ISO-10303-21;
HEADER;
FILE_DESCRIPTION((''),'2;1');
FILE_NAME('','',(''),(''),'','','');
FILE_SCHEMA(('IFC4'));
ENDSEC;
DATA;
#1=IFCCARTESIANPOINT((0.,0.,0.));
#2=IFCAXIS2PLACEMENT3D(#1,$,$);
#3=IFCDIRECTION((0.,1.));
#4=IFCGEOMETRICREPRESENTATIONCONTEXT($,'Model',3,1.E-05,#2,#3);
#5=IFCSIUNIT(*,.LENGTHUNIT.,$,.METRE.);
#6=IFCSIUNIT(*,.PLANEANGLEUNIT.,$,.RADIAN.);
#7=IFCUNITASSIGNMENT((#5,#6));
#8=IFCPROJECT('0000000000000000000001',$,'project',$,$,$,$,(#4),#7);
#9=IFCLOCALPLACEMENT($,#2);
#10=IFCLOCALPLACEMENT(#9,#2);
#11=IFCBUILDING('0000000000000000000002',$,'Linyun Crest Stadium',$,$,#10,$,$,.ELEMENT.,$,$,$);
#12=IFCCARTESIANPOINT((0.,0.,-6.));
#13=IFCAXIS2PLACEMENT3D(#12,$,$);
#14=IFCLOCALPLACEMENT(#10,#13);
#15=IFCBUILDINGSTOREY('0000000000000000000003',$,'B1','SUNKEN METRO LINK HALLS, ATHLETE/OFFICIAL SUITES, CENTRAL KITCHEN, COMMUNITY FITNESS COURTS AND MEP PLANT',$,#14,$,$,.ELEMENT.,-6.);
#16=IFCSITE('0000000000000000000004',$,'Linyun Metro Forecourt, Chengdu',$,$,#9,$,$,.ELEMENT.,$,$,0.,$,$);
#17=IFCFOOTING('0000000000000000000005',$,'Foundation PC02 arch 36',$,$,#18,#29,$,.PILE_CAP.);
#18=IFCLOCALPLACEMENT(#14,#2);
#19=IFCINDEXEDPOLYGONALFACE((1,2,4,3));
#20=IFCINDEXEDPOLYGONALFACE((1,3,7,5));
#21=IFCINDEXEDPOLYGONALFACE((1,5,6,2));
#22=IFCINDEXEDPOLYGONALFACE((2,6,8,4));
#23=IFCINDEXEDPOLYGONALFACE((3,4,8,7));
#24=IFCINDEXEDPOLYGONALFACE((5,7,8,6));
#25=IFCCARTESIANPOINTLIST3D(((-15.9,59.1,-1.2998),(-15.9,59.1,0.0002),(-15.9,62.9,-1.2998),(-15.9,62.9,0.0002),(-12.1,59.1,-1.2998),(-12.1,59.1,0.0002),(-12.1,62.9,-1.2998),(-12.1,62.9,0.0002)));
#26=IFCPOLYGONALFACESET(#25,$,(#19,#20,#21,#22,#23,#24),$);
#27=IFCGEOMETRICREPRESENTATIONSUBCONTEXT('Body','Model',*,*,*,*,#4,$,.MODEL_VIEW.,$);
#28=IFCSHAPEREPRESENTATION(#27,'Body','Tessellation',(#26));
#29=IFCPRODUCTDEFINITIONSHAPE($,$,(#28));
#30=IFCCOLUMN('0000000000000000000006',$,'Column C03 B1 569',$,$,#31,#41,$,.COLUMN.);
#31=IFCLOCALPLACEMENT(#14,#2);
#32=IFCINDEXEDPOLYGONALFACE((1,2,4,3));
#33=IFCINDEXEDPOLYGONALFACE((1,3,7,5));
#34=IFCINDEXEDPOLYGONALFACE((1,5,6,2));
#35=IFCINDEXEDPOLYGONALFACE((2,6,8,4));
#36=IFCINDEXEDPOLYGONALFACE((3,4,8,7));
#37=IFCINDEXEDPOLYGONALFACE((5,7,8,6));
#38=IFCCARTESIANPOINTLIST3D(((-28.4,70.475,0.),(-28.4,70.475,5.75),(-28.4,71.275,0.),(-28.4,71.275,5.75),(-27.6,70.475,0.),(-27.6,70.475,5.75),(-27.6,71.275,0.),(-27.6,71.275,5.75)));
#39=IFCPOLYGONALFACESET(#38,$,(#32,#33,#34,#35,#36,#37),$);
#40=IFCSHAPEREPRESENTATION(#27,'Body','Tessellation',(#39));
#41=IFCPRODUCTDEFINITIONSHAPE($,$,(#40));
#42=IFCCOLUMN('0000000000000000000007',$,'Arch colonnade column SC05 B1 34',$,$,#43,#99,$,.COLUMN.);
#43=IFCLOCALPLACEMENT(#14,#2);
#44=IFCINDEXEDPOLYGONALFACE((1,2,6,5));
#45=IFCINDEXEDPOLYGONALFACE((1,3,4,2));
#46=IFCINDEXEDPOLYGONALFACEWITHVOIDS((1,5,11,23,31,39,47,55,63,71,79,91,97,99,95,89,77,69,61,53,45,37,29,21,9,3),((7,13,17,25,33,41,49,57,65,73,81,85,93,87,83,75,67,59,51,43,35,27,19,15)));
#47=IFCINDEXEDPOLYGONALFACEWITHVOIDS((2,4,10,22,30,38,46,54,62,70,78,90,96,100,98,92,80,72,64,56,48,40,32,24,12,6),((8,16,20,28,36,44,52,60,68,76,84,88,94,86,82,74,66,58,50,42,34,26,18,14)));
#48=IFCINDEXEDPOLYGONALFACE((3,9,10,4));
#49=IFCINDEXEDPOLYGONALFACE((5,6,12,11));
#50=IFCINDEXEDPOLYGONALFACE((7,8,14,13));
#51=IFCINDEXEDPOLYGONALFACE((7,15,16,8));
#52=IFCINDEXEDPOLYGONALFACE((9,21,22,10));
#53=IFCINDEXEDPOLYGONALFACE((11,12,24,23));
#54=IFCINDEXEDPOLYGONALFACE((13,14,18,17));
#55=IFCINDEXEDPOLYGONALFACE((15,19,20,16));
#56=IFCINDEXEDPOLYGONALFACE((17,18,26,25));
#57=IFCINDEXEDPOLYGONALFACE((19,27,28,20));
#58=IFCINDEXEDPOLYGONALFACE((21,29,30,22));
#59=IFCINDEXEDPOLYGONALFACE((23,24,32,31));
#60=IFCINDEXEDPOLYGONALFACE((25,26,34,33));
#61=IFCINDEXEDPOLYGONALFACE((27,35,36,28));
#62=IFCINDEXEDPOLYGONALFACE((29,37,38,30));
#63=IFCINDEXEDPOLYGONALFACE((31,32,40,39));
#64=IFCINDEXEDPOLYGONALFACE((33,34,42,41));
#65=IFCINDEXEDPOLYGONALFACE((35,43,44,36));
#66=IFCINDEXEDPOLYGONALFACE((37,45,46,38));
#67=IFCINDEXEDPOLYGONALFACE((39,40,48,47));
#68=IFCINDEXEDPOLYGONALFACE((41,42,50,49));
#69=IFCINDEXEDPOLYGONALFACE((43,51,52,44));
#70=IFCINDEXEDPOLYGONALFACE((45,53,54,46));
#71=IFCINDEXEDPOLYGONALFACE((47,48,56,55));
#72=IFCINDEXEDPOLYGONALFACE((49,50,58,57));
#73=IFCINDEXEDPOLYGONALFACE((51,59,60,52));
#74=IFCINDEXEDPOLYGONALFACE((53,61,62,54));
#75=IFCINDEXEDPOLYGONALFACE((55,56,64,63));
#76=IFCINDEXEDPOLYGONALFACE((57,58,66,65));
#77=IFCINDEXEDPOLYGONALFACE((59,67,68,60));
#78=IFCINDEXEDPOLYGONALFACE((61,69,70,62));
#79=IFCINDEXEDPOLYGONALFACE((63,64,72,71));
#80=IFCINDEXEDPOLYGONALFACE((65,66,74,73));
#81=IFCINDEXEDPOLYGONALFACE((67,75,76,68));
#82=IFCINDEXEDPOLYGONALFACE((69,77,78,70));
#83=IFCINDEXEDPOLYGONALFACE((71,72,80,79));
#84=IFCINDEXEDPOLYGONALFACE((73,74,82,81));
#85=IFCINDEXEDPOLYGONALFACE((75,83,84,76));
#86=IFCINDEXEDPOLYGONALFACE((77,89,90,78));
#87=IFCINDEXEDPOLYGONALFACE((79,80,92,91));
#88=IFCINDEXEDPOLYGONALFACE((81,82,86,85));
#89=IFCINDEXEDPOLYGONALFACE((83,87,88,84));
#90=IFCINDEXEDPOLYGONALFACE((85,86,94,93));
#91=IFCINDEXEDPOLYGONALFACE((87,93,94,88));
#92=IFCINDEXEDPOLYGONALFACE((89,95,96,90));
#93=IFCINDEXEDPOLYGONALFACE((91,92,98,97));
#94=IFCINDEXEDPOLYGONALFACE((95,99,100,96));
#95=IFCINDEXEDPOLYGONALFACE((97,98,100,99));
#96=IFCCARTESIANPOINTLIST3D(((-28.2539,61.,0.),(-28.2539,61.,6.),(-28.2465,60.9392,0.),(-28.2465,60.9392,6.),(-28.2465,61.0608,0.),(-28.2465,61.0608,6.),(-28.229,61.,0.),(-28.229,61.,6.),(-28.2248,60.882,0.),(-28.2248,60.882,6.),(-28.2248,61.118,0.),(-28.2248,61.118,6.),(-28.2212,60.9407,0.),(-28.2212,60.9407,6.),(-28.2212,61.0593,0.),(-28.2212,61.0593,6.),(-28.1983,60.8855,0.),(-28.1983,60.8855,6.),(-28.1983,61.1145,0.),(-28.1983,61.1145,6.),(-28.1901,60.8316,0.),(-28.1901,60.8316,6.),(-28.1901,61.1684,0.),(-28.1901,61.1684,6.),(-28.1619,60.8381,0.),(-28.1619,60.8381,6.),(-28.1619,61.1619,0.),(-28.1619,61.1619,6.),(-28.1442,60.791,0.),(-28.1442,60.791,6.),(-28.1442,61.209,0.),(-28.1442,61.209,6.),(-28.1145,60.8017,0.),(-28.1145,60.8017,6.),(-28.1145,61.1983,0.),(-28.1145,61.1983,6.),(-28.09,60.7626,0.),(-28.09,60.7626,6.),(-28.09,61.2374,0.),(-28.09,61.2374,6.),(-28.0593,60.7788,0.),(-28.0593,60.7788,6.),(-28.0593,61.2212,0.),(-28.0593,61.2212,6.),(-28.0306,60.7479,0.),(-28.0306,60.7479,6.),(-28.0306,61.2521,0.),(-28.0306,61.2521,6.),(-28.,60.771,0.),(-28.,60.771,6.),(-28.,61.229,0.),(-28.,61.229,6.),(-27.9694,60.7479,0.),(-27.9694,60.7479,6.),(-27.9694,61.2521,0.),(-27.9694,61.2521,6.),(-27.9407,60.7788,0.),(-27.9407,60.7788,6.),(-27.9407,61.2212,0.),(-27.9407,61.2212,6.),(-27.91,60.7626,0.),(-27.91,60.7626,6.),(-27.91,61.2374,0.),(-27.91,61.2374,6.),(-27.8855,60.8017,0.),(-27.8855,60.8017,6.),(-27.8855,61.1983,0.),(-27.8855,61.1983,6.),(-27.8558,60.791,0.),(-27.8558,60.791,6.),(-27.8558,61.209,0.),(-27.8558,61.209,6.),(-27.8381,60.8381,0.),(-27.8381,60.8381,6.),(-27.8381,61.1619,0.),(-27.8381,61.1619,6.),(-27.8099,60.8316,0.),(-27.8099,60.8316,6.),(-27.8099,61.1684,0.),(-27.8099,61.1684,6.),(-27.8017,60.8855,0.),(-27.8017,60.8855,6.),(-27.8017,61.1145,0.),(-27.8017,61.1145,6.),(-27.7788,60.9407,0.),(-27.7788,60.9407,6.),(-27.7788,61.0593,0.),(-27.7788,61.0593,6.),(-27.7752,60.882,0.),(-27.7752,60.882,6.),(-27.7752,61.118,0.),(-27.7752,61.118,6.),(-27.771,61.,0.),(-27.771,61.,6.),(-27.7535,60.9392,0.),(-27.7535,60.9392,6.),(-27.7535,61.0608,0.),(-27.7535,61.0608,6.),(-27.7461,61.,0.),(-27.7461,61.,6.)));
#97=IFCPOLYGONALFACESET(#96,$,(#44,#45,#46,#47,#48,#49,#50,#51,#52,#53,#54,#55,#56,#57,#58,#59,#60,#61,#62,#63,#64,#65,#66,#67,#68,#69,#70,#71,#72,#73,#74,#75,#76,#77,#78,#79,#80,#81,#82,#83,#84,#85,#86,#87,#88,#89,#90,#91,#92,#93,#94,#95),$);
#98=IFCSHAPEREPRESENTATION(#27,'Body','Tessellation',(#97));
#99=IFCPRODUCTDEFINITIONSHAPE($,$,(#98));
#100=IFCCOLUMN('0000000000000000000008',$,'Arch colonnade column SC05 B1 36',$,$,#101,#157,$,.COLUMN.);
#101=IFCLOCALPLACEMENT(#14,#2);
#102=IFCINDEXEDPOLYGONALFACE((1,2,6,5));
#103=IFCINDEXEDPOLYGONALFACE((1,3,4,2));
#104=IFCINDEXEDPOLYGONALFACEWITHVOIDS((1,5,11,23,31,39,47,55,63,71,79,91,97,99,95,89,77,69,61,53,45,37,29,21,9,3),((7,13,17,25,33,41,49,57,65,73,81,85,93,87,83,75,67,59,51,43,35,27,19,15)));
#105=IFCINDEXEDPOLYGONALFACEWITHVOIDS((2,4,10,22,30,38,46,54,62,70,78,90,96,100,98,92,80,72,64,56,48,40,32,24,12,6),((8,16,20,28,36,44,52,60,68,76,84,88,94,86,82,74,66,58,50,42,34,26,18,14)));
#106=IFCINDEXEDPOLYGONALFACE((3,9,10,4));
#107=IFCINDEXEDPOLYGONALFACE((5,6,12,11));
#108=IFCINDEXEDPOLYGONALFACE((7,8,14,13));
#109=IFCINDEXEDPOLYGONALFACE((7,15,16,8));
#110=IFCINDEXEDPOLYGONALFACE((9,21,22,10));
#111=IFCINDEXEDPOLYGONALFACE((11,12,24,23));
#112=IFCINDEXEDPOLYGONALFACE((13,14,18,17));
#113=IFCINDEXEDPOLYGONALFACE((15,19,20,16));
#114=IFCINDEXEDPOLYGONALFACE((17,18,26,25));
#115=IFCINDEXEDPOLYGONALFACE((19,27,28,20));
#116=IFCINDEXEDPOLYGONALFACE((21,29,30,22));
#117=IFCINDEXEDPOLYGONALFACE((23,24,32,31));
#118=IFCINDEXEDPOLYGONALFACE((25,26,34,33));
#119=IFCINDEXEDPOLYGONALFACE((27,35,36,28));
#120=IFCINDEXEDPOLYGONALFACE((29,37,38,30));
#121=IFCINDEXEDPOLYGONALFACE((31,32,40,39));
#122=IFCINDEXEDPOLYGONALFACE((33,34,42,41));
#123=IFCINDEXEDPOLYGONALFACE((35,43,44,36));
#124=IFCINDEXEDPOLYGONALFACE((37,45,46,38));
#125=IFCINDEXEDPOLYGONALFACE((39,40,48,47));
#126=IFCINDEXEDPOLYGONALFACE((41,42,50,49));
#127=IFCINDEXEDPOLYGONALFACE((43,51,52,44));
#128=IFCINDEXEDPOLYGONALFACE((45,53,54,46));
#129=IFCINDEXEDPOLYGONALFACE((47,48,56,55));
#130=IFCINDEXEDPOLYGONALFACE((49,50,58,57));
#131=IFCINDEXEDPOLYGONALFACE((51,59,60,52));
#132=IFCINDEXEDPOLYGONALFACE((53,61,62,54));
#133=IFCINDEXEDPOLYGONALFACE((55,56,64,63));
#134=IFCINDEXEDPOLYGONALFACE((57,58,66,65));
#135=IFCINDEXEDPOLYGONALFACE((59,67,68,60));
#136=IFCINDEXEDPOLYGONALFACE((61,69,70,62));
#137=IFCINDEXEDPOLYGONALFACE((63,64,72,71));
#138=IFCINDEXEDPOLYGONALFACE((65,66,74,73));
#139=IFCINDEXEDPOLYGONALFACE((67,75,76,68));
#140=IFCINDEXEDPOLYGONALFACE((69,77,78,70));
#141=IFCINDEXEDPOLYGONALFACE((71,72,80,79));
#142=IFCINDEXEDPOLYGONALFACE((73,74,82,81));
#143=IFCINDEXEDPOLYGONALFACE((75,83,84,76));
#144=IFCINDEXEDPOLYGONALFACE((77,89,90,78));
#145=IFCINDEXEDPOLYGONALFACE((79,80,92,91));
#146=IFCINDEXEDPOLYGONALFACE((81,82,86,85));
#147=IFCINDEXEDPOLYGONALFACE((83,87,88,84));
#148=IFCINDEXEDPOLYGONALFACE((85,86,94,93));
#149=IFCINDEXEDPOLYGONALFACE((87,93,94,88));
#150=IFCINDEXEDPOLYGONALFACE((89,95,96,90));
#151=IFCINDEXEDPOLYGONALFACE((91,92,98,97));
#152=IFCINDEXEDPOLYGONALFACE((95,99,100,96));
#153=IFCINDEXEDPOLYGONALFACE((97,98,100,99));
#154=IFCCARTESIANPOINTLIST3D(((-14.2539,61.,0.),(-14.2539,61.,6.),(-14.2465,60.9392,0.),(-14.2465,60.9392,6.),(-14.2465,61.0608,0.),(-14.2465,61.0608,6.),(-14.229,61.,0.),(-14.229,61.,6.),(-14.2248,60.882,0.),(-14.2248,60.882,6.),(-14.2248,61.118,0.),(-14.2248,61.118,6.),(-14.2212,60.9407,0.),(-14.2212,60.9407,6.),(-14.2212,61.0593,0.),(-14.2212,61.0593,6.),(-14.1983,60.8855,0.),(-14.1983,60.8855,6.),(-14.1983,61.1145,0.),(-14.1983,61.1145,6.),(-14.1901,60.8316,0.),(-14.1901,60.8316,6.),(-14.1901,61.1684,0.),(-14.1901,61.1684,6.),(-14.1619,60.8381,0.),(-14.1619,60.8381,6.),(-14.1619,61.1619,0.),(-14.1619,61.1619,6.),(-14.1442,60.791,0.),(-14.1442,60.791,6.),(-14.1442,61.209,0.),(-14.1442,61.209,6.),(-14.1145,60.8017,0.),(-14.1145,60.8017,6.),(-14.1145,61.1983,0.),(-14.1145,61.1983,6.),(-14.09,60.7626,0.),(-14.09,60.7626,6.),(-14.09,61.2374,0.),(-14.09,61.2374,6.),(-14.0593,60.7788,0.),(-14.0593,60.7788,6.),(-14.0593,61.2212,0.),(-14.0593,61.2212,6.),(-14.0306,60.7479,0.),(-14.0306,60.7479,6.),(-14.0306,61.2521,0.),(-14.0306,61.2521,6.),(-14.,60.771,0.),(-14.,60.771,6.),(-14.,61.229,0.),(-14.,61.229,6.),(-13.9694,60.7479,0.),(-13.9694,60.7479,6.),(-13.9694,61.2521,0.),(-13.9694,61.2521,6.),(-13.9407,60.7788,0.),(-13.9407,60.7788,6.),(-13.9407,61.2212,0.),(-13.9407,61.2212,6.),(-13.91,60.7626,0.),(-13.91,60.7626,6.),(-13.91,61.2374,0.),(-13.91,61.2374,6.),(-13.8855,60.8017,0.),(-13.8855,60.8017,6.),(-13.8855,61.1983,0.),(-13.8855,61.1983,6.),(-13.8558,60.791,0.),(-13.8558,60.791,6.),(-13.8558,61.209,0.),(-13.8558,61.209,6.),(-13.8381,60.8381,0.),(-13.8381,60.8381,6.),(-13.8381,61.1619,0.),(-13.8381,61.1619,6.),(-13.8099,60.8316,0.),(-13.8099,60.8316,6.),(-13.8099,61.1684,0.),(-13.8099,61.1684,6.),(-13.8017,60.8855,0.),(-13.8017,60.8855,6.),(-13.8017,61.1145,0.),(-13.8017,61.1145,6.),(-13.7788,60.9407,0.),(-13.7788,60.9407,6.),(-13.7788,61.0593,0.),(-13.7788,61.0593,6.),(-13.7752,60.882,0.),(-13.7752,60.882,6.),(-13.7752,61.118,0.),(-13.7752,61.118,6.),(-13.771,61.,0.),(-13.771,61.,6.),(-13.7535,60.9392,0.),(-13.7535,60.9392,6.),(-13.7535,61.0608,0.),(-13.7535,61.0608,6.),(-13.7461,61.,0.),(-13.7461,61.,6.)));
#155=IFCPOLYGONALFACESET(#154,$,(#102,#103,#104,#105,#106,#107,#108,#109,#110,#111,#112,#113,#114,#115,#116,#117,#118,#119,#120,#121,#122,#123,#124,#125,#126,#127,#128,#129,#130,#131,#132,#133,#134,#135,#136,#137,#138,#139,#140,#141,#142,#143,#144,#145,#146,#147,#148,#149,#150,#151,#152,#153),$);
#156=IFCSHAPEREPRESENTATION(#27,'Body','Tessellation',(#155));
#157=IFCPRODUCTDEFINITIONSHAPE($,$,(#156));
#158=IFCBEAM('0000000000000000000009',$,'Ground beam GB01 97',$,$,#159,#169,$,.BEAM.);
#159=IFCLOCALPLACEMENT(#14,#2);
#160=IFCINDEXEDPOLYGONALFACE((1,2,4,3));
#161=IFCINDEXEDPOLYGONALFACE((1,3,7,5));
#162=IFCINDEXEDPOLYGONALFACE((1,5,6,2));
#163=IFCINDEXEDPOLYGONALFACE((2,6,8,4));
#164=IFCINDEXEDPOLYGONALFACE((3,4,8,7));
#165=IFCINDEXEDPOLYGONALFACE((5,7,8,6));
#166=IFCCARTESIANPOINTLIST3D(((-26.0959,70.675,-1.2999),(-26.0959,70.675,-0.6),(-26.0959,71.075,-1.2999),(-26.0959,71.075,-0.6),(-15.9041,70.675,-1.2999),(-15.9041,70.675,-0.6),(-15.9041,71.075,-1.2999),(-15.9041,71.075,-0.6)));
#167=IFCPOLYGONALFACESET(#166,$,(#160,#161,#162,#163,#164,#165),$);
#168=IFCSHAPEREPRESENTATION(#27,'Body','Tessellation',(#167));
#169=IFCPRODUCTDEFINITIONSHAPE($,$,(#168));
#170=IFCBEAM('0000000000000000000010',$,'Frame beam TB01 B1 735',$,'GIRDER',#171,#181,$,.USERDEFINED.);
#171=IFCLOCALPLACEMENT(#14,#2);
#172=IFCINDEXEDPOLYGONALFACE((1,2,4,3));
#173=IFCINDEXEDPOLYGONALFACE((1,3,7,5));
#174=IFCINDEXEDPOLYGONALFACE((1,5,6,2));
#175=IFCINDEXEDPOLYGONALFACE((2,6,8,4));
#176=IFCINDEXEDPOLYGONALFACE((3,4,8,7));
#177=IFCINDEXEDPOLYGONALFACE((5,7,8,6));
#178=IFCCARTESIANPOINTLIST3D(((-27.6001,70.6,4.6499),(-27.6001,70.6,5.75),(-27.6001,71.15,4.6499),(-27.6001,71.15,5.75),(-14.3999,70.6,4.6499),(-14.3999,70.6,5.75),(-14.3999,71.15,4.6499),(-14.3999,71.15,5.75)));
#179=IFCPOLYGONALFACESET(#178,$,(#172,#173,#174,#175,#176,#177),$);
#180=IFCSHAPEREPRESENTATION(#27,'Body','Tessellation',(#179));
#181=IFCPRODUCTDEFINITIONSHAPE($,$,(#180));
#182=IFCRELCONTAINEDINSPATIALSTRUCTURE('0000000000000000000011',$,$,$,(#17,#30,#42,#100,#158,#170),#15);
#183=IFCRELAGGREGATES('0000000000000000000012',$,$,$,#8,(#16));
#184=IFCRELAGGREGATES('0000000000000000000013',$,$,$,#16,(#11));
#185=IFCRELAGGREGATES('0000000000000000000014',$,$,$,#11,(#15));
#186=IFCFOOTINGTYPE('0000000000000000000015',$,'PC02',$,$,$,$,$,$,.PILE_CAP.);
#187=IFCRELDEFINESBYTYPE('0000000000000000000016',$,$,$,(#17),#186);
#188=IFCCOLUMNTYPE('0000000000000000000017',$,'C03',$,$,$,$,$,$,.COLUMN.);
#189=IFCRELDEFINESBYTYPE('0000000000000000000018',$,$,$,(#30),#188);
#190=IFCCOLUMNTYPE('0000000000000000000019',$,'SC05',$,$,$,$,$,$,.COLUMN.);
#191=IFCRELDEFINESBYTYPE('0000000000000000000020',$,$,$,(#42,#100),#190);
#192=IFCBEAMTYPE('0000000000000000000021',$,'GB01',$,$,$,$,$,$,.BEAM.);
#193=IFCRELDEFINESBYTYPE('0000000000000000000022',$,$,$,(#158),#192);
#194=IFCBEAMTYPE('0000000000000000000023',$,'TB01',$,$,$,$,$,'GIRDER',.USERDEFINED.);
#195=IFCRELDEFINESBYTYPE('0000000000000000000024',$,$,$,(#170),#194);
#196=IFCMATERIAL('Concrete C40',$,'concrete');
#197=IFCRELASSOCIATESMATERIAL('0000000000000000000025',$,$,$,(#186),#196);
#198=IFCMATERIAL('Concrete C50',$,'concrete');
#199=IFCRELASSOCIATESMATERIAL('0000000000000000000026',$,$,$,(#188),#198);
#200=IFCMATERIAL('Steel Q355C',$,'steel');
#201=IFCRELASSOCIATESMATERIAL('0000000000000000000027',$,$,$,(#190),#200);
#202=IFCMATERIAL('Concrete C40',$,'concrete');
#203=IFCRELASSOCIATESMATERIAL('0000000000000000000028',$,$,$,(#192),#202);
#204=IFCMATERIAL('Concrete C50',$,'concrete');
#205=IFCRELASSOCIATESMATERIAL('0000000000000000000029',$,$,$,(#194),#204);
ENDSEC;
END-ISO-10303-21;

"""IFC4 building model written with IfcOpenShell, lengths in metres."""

from ifc_helpers import new_model, si_unit, direction, frame, origin, origin_2d, place, context, subcontext, project, spatial, rectangle, hollow_circle, extrude, material, material_profile, profile_set, type_object, element, save


model = new_model("IFC4")

# Units and contexts
model_context = context("Model", 3, precision=1e-05, world=origin(), true_north=direction((0.0, 1.0)))
body_context = subcontext(model_context, "Body", "Model", "MODEL_VIEW")
ifc_project = project(units=[si_unit("LENGTHUNIT", "METRE"), si_unit("PLANEANGLEUNIT", "RADIAN")], contexts=[model_context])

# Site, building, storey
site_placement = place(None, origin())
site = spatial("IfcSite", under=ifc_project, at=site_placement, Name="Linyun Metro Forecourt, Chengdu", CompositionType="ELEMENT", RefElevation=0.0)
building_placement = place(site_placement, origin())
building = spatial("IfcBuilding", under=site, at=building_placement, Name="Linyun Crest Stadium", CompositionType="ELEMENT")
storey_placement = place(building_placement, frame((0.0, 0.0, -6.0)))
storey = spatial("IfcBuildingStorey", under=building, at=storey_placement, Name="B1", Description="SUNKEN METRO LINK HALLS, ATHLETE/OFFICIAL SUITES, CENTRAL KITCHEN, COMMUNITY FITNESS COURTS AND MEP PLANT", CompositionType="ELEMENT", Elevation=-6.0)

# Footing
ifc_material_1 = material(Name="Concrete C40", Category="concrete")
footing_type = type_object("IfcFootingType", Name="PC02", PredefinedType="PILE_CAP", material=ifc_material_1)
for number, where, z_axis, x_axis, name in (
    (1, (-14.0, 61.0, -1.2998), (0.0, 0.0, 1.0), (1.0, 0.0, 0.0), "Foundation PC02 arch 36"),
):
    element("IfcFooting", number, at=place(storey_placement, frame(where, z_axis=z_axis, x_axis=x_axis)), inside=storey, type_object=footing_type, Name=name, PredefinedType="PILE_CAP", context=body_context, shape_type="SweptSolid", body=[
        extrude(rectangle(XDim=3.8, YDim=3.8, at=origin_2d()), origin(), (0.0, 0.0, 1.0), 1.3),
    ])

# Columns
ifc_material_2 = material(Name="Concrete C50", Category="concrete")
ifc_material_profile_1 = material_profile(ifc_material_2, rectangle(XDim=0.8, YDim=0.8, at=origin_2d()), Name="RC 800x800")
ifc_profile_set_1 = profile_set([ifc_material_profile_1], Name="Concrete C50")
column_type_1 = type_object("IfcColumnType", Name="C03", PredefinedType="COLUMN", material=ifc_profile_set_1)
column_placement = place(storey_placement, frame((-28.0, 70.875, 0.0), z_axis=(0.0, 0.0, 1.0), x_axis=(1.0, 0.0, 0.0)))
element("IfcColumn", 2, at=column_placement, inside=storey, type_object=column_type_1, Name="Column C03 B1 569", PredefinedType="COLUMN", context=body_context, shape_type="SweptSolid", body=[
    extrude(rectangle(XDim=0.8, YDim=0.8, at=origin_2d()), origin(), (0.0, 0.0, 1.0), 5.75),
])
ifc_material_3 = material(Name="Steel Q355C", Category="steel")
ifc_material_profile_2 = material_profile(ifc_material_3, hollow_circle(Radius=0.2539, WallThickness=0.0249, at=origin_2d()), Name="CHS 508x25")
ifc_profile_set_2 = profile_set([ifc_material_profile_2], Name="Steel Q355C")
column_type_2 = type_object("IfcColumnType", Name="SC05", PredefinedType="COLUMN", material=ifc_profile_set_2)
for number, where, z_axis, x_axis, name in (
    (3, (-28.0, 61.0, 0.0), (0.0, 0.0, 1.0), (1.0, 0.0, 0.0), "Arch colonnade column SC05 B1 34"),
    (4, (-14.0, 61.0, 0.0), (0.0, 0.0, 1.0), (1.0, 0.0, 0.0), "Arch colonnade column SC05 B1 36"),
):
    element("IfcColumn", number, at=place(storey_placement, frame(where, z_axis=z_axis, x_axis=x_axis)), inside=storey, type_object=column_type_2, Name=name, PredefinedType="COLUMN", context=body_context, shape_type="SweptSolid", body=[
        extrude(hollow_circle(Radius=0.2539, WallThickness=0.0249, at=origin_2d()), origin(), (0.0, 0.0, 1.0), 6.0),
    ])

# Beams
ifc_material_4 = material(Name="Concrete C40", Category="concrete")
ifc_material_profile_3 = material_profile(ifc_material_4, rectangle(XDim=0.3999, YDim=0.7, at=origin_2d()), Name="RCB 700x400")
ifc_profile_set_3 = profile_set([ifc_material_profile_3], Name="Concrete C40")
beam_type_1 = type_object("IfcBeamType", Name="GB01", PredefinedType="BEAM", material=ifc_profile_set_3)
beam_1_placement = place(storey_placement, frame((-26.0959, 70.875, -0.95), z_axis=(1.0, 0.0, 0.0), x_axis=(0.0, 1.0, 0.0)))
element("IfcBeam", 5, at=beam_1_placement, inside=storey, type_object=beam_type_1, Name="Ground beam GB01 97", PredefinedType="BEAM", context=body_context, shape_type="SweptSolid", body=[
    extrude(rectangle(XDim=0.3999, YDim=0.7, at=origin_2d()), origin(), (0.0, 0.0, 1.0), 10.1919),
])
ifc_material_5 = material(Name="Concrete C50", Category="concrete")
ifc_material_profile_4 = material_profile(ifc_material_5, rectangle(XDim=0.55, YDim=1.1001, at=origin_2d()), Name="RCB 1100x550")
ifc_profile_set_4 = profile_set([ifc_material_profile_4], Name="Concrete C50")
beam_type_2 = type_object("IfcBeamType", Name="TB01", ElementType="GIRDER", PredefinedType="USERDEFINED", material=ifc_profile_set_4)
beam_2_placement = place(storey_placement, frame((-27.6001, 70.875, 5.2), z_axis=(1.0, 0.0, 0.0), x_axis=(0.0, 1.0, 0.0)))
element("IfcBeam", 6, at=beam_2_placement, inside=storey, type_object=beam_type_2, Name="Frame beam TB01 B1 735", ObjectType="GIRDER", PredefinedType="USERDEFINED", context=body_context, shape_type="SweptSolid", body=[
    extrude(rectangle(XDim=0.55, YDim=1.1001, at=origin_2d()), origin(), (0.0, 0.0, 1.0), 13.2002),
])

save(model, "model.ifc")
